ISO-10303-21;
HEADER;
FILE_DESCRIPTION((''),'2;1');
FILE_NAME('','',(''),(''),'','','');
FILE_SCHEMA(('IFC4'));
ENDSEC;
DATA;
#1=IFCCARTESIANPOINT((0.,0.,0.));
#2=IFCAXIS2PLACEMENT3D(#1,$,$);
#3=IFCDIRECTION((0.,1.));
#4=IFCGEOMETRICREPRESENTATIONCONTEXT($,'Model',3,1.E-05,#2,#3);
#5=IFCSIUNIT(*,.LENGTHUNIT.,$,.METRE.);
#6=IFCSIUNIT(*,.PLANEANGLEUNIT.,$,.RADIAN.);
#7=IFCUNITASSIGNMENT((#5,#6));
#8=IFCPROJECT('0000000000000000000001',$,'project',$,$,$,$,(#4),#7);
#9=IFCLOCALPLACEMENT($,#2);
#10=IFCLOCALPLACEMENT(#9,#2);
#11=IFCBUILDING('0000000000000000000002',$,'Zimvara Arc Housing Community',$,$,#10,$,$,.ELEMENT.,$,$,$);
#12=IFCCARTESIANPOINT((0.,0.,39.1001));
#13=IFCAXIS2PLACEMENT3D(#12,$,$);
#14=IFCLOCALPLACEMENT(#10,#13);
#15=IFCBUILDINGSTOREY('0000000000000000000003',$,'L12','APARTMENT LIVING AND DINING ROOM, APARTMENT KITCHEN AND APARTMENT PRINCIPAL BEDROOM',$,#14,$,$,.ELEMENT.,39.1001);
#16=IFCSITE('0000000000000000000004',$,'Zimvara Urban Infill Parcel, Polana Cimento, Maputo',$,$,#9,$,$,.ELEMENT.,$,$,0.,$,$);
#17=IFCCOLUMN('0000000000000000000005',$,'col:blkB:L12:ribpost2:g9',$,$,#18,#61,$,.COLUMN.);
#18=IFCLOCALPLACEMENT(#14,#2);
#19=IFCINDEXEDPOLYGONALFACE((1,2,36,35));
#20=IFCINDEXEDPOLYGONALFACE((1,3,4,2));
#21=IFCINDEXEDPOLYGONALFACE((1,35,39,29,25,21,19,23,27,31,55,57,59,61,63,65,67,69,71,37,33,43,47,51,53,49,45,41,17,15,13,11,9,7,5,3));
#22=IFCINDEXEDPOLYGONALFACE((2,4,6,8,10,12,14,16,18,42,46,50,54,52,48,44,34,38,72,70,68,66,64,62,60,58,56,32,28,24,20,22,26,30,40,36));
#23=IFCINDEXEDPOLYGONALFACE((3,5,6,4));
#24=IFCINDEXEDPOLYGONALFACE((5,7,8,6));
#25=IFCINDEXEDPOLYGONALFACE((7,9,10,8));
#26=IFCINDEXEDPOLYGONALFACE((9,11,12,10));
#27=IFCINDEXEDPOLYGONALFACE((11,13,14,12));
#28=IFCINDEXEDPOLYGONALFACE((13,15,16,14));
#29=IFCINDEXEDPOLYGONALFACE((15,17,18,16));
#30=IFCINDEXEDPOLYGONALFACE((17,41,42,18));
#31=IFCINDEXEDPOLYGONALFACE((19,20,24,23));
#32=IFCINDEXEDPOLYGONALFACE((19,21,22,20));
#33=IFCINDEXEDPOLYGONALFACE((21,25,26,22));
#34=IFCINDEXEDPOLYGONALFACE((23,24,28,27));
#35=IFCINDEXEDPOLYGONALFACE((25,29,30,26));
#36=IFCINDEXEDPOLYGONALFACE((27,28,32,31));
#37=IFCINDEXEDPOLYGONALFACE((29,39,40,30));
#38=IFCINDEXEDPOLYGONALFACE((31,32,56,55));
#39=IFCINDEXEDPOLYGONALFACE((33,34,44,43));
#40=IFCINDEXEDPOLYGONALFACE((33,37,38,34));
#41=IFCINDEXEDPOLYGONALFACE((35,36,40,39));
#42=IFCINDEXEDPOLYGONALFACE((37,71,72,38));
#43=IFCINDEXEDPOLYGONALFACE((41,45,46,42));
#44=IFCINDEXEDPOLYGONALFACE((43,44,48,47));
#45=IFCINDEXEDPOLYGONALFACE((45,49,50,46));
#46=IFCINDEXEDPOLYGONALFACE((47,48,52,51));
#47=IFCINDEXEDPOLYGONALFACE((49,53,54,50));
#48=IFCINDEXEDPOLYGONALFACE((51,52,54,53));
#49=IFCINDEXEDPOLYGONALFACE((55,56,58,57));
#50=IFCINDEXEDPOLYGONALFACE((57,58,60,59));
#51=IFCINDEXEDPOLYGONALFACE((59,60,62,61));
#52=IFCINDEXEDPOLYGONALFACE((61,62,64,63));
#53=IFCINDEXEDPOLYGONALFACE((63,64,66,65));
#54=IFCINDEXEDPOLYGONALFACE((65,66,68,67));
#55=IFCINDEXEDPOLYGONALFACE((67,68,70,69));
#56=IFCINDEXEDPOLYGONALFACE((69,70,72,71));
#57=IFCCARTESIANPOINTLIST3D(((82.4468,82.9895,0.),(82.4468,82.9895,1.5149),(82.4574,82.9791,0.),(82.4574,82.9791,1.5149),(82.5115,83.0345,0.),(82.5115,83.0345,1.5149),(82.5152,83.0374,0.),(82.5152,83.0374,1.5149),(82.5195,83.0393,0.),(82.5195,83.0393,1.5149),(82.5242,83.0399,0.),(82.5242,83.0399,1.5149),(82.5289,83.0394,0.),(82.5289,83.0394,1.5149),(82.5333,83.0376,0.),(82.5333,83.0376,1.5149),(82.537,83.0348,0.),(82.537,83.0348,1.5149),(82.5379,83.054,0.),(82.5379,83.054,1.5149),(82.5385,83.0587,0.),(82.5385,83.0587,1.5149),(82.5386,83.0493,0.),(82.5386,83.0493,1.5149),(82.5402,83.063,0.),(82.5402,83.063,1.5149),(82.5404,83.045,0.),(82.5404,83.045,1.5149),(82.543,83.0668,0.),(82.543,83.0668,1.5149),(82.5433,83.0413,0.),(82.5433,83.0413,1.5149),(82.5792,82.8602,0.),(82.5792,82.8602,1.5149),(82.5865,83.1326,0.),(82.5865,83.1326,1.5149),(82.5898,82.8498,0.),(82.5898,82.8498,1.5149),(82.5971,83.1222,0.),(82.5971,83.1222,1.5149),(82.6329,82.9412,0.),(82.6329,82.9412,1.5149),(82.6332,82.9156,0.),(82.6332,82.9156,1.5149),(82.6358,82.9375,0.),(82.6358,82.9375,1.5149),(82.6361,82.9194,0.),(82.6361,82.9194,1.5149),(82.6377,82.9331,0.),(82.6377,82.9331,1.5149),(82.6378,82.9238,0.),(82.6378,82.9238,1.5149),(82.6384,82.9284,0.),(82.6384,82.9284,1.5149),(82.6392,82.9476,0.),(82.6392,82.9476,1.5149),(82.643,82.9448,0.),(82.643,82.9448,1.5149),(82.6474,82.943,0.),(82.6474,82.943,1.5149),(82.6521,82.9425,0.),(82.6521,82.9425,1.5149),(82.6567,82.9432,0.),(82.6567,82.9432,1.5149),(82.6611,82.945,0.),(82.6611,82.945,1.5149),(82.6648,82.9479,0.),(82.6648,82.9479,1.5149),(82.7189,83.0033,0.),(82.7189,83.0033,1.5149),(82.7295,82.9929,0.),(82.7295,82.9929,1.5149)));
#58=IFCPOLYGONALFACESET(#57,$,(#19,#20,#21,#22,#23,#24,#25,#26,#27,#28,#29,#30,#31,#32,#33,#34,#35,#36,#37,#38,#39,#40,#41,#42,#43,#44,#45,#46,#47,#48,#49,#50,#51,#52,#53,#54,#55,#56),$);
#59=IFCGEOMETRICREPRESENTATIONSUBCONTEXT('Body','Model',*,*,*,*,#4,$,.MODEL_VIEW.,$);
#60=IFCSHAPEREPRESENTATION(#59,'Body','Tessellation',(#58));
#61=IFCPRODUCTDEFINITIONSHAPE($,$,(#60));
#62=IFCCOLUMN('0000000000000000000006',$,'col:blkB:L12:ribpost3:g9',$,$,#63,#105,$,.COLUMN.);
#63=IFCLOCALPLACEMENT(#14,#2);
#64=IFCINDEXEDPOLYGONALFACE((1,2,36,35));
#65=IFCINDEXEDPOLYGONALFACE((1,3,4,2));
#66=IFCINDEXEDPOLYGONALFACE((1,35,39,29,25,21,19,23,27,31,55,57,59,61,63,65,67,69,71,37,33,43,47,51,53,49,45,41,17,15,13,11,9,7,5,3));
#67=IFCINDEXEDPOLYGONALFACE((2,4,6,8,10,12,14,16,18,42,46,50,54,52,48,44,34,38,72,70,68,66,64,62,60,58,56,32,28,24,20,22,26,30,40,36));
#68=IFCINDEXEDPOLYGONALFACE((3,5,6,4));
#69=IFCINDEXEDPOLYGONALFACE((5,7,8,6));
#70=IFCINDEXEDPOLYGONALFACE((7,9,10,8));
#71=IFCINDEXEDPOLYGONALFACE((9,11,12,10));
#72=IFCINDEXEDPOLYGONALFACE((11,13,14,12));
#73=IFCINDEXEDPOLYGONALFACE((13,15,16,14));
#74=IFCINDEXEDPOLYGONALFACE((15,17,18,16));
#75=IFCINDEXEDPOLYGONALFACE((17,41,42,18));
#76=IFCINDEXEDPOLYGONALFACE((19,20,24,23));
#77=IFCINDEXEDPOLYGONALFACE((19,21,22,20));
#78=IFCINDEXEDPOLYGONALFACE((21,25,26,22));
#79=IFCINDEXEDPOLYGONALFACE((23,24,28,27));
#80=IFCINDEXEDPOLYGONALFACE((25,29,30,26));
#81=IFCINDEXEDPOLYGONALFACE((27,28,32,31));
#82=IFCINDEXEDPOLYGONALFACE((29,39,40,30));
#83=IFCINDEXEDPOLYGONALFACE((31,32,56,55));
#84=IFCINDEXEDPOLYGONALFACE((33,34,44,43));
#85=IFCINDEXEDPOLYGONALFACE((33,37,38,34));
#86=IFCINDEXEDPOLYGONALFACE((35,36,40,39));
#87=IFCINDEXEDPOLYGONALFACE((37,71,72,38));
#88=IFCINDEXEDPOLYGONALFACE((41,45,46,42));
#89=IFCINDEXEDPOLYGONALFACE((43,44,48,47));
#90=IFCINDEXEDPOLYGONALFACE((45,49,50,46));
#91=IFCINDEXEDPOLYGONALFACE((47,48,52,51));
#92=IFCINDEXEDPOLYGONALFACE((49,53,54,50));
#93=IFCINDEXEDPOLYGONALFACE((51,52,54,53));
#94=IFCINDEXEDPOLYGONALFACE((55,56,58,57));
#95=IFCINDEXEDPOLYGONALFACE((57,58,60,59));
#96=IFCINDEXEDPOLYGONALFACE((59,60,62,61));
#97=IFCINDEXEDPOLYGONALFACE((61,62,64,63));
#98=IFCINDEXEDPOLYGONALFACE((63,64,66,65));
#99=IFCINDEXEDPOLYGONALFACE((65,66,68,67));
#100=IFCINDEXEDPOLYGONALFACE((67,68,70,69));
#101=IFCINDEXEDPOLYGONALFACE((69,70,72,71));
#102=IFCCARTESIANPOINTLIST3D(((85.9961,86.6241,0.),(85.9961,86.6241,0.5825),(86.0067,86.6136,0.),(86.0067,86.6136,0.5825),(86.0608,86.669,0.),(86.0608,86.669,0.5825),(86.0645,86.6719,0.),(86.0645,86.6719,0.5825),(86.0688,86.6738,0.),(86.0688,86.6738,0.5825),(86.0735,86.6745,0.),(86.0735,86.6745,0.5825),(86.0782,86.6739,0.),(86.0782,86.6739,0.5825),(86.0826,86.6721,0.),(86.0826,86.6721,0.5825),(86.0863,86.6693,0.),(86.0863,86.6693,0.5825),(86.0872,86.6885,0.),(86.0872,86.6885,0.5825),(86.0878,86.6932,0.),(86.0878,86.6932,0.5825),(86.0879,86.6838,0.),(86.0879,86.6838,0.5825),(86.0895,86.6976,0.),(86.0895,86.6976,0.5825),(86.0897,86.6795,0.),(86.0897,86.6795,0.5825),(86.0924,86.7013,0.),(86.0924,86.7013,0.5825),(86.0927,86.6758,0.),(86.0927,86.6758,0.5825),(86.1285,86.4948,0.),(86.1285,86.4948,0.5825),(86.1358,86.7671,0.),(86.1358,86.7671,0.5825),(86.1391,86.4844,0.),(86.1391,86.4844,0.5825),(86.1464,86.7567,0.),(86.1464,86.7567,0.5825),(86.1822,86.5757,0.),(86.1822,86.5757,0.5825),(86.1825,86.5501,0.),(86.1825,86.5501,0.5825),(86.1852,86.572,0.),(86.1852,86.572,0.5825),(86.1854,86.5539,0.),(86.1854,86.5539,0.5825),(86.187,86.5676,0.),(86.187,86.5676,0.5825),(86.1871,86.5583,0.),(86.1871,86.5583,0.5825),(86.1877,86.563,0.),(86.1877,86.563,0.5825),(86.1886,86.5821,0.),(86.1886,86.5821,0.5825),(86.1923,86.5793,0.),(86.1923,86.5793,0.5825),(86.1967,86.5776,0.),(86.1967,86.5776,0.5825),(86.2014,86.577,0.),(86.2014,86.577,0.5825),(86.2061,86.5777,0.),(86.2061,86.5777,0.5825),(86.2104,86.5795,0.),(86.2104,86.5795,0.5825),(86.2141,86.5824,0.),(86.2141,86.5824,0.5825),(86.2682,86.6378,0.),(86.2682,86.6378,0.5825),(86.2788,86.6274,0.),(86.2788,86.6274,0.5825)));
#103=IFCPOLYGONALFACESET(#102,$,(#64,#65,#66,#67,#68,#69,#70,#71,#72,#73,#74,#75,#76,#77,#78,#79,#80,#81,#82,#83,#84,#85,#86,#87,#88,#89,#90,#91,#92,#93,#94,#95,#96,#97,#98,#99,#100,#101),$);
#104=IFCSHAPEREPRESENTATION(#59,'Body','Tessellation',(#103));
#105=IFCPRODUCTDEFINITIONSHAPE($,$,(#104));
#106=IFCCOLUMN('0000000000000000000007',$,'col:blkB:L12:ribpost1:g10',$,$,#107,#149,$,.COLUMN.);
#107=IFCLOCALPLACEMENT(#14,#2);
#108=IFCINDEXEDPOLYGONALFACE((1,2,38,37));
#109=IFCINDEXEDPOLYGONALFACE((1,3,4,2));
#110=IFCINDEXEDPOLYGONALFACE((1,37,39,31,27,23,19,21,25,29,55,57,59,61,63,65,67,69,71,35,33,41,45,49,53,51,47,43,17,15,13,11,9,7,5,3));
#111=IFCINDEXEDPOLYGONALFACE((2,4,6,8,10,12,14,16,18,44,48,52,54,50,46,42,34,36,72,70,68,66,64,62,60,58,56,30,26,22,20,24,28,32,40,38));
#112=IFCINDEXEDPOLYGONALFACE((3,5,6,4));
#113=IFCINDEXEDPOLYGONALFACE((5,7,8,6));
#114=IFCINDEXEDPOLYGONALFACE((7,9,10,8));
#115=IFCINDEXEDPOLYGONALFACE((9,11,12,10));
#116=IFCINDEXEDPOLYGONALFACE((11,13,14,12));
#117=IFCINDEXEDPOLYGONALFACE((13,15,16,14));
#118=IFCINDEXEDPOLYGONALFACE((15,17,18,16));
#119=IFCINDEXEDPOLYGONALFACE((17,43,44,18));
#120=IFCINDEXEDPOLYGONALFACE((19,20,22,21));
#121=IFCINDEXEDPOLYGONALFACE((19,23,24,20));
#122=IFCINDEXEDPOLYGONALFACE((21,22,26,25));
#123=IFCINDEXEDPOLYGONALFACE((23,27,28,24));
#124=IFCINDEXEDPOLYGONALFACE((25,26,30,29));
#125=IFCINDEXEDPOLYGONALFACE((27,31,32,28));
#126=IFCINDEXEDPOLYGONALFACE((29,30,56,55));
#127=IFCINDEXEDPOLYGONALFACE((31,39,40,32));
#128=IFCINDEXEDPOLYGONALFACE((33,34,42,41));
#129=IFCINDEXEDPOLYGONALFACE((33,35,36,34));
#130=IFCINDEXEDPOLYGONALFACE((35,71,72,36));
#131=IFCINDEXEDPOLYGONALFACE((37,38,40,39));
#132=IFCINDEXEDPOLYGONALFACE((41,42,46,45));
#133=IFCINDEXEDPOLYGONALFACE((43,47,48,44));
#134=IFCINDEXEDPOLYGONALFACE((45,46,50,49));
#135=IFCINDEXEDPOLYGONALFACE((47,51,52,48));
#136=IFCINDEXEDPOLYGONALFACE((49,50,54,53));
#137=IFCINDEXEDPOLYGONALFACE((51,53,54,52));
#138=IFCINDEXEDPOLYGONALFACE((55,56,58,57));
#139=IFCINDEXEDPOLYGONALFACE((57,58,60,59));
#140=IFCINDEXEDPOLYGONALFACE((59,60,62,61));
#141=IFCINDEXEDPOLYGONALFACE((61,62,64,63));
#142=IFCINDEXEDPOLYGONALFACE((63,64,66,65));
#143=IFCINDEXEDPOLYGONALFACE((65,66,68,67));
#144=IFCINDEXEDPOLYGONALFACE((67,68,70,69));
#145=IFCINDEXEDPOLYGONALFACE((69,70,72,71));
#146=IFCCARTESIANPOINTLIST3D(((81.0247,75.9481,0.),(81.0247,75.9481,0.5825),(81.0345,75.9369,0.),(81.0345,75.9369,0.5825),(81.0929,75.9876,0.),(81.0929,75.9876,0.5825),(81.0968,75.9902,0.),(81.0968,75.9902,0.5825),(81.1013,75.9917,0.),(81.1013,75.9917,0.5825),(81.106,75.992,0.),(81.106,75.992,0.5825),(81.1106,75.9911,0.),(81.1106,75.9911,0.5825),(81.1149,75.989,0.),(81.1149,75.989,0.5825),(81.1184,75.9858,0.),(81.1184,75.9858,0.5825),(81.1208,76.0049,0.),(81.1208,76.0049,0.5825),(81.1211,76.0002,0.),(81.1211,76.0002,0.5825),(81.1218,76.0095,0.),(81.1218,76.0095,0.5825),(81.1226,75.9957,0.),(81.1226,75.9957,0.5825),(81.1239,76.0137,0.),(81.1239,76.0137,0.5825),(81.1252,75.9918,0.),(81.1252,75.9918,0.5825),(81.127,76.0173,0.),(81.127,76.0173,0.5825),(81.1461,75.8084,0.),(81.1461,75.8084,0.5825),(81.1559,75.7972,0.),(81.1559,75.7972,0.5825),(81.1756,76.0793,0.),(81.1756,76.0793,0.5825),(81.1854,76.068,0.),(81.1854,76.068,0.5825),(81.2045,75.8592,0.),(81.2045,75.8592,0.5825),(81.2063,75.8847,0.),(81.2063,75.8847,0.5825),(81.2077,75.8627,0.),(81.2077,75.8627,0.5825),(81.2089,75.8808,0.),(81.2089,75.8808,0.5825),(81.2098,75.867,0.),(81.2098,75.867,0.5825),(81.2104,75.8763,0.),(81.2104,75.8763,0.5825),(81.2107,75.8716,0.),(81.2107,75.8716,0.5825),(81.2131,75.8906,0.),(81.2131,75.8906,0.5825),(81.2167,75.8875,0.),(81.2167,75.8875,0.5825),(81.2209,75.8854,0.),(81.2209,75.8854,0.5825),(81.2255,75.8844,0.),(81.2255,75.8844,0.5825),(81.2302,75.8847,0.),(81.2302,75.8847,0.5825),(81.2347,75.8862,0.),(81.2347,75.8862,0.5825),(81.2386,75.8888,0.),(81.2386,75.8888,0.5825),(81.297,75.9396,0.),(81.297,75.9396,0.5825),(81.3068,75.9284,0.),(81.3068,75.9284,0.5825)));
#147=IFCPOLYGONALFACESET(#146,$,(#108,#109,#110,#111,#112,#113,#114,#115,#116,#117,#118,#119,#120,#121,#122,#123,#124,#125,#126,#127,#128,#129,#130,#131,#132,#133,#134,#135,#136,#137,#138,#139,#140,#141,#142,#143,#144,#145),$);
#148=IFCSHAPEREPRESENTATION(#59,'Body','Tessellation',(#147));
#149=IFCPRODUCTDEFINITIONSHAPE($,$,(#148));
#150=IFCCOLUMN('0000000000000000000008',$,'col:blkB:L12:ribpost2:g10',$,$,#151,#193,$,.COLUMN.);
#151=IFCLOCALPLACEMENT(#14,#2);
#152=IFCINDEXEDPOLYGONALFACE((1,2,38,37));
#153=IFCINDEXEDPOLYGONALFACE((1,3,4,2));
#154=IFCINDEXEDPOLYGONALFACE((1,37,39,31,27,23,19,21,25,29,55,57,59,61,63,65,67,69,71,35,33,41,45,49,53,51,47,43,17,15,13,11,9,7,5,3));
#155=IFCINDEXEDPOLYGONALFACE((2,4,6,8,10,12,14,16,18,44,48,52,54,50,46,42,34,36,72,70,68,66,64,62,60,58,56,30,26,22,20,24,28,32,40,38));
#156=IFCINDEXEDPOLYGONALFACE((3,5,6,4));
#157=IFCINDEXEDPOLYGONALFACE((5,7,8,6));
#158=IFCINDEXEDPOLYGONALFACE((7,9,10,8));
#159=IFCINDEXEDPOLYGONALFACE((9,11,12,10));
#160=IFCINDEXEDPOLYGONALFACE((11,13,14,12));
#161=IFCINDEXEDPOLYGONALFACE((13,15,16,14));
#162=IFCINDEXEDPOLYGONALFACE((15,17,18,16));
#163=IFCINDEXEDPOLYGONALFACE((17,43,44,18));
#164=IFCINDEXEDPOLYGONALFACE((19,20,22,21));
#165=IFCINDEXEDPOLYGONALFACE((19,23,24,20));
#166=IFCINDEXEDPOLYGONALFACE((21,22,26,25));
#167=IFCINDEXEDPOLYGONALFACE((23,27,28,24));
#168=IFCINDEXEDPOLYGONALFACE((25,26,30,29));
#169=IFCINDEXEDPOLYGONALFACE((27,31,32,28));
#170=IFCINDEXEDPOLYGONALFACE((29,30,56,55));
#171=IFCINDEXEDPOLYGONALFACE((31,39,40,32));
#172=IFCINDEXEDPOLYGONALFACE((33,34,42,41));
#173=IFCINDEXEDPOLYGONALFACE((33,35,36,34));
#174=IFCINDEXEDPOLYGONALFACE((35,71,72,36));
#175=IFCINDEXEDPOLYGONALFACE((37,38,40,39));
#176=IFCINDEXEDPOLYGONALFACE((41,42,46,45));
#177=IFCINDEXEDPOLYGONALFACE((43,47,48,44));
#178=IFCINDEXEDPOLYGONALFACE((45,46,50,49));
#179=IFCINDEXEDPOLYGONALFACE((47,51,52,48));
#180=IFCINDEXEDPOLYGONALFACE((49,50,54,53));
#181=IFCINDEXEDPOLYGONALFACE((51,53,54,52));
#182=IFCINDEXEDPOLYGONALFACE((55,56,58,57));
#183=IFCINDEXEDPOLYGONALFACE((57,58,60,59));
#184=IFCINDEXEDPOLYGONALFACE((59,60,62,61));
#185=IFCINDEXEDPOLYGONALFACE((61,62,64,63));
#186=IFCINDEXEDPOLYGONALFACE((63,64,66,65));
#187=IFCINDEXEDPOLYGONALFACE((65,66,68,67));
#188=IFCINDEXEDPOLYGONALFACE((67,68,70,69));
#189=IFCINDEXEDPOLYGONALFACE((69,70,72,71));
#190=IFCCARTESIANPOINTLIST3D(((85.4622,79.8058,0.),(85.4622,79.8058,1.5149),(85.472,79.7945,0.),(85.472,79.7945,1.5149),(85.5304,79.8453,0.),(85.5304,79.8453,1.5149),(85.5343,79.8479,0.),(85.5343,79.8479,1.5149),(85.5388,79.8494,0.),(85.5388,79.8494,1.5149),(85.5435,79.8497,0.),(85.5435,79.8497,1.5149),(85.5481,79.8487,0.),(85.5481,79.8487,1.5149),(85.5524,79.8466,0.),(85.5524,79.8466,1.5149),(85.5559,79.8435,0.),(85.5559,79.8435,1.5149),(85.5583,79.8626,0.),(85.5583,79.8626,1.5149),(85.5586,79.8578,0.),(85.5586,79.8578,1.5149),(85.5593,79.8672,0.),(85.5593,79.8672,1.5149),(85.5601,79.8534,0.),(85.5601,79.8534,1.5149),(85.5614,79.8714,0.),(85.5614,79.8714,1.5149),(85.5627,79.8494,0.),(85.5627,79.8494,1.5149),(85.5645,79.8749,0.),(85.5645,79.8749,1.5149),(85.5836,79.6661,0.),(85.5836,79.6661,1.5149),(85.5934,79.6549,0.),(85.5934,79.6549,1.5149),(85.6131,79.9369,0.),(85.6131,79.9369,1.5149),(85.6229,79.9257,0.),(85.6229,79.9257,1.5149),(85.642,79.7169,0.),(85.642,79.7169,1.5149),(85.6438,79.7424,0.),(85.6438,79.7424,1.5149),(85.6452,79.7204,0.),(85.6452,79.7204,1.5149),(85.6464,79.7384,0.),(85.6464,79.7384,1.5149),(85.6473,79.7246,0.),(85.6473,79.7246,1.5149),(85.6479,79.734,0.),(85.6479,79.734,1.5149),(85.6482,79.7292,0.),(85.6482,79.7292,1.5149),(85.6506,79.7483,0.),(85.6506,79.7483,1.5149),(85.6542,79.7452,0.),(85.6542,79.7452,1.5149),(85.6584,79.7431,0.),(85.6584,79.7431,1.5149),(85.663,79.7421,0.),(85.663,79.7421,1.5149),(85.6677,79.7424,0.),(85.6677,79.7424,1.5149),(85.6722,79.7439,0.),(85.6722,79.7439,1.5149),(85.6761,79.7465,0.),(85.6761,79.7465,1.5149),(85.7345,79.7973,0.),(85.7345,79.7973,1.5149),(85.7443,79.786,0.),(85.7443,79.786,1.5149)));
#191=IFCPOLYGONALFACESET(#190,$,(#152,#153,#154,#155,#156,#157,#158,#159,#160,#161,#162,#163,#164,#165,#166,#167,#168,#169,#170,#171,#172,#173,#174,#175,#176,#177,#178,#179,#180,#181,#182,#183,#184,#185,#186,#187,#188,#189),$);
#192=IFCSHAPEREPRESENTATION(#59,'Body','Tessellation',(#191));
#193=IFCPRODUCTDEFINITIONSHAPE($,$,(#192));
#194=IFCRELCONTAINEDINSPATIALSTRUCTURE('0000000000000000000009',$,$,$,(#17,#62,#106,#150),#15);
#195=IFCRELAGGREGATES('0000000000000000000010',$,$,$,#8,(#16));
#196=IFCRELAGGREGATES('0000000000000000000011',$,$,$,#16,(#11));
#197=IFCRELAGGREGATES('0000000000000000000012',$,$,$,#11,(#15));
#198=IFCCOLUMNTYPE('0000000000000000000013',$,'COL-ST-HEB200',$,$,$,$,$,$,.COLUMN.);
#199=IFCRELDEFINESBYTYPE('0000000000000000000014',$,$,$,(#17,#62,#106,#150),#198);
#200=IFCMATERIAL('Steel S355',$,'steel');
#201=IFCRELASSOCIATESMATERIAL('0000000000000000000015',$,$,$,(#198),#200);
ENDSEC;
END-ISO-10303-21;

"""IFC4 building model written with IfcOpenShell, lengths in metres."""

from ifc_helpers import new_model, si_unit, direction, frame, origin, origin_2d, place, context, subcontext, project, spatial, i_section, extrude, material, material_profile, profile_set, type_object, element, save


model = new_model("IFC4")

# Units and contexts
model_context = context("Model", 3, precision=1e-05, world=origin(), true_north=direction((0.0, 1.0)))
body_context = subcontext(model_context, "Body", "Model", "MODEL_VIEW")
ifc_project = project(units=[si_unit("LENGTHUNIT", "METRE"), si_unit("PLANEANGLEUNIT", "RADIAN")], contexts=[model_context])

# Site, building, storey
site_placement = place(None, origin())
site = spatial("IfcSite", under=ifc_project, at=site_placement, Name="Zimvara Urban Infill Parcel, Polana Cimento, Maputo", CompositionType="ELEMENT", RefElevation=0.0)
building_placement = place(site_placement, origin())
building = spatial("IfcBuilding", under=site, at=building_placement, Name="Zimvara Arc Housing Community", CompositionType="ELEMENT")
storey_placement = place(building_placement, frame((0.0, 0.0, 39.1001)))
storey = spatial("IfcBuildingStorey", under=building, at=storey_placement, Name="L12", Description="APARTMENT LIVING AND DINING ROOM, APARTMENT KITCHEN AND APARTMENT PRINCIPAL BEDROOM", CompositionType="ELEMENT", Elevation=39.1001)

# Columns
ifc_material_1 = material(Name="Steel S355", Category="steel")
ifc_material_profile_1 = material_profile(ifc_material_1, i_section(OverallWidth=0.2, OverallDepth=0.2, WebThickness=0.009, FlangeThickness=0.0149, FilletRadius=0.0181, at=origin_2d()), Name="HEB 200")
ifc_profile_set_1 = profile_set([ifc_material_profile_1], Name="Steel S355")
column_type = type_object("IfcColumnType", Name="COL-ST-HEB200", PredefinedType="COLUMN", material=ifc_profile_set_1)
column_1_placement = place(storey_placement, frame((82.5881, 82.9912, 0.0), z_axis=(0.0, 0.0, 1.0), x_axis=(0.698665, 0.715449, 0.0)))
element("IfcColumn", 1, at=column_1_placement, inside=storey, type_object=column_type, Name="col:blkB:L12:ribpost2:g9", PredefinedType="COLUMN", context=body_context, shape_type="SweptSolid", body=[
    extrude(i_section(OverallWidth=0.2, OverallDepth=0.2, WebThickness=0.009, FlangeThickness=0.0149, FilletRadius=0.0181, at=origin_2d()), origin(), (0.0, 0.0, 1.0), 1.5149),
])
for number, where, z_axis, x_axis, name in (
    (2, (86.1375, 86.6257, 0.0), (0.0, 0.0, 1.0), (0.698665, 0.715449, 0.0), "col:blkB:L12:ribpost3:g9"),
    (3, (81.1658, 75.9382, 0.0), (0.0, 0.0, 1.0), (0.75471, 0.656059, 0.0), "col:blkB:L12:ribpost1:g10"),
):
    element("IfcColumn", number, at=place(storey_placement, frame(where, z_axis=z_axis, x_axis=x_axis)), inside=storey, type_object=column_type, Name=name, PredefinedType="COLUMN", context=body_context, shape_type="SweptSolid", body=[
        extrude(i_section(OverallWidth=0.2, OverallDepth=0.2, WebThickness=0.009, FlangeThickness=0.0149, FilletRadius=0.0181, at=origin_2d()), origin(), (0.0, 0.0, 1.0), 0.5825),
    ])
column_2_placement = place(storey_placement, frame((85.6033, 79.7959, 0.0), z_axis=(0.0, 0.0, 1.0), x_axis=(0.75471, 0.656059, 0.0)))
element("IfcColumn", 4, at=column_2_placement, inside=storey, type_object=column_type, Name="col:blkB:L12:ribpost2:g10", PredefinedType="COLUMN", context=body_context, shape_type="SweptSolid", body=[
    extrude(i_section(OverallWidth=0.2, OverallDepth=0.2, WebThickness=0.009, FlangeThickness=0.0149, FilletRadius=0.0181, at=origin_2d()), origin(), (0.0, 0.0, 1.0), 1.5149),
])

save(model, "model.ifc")
